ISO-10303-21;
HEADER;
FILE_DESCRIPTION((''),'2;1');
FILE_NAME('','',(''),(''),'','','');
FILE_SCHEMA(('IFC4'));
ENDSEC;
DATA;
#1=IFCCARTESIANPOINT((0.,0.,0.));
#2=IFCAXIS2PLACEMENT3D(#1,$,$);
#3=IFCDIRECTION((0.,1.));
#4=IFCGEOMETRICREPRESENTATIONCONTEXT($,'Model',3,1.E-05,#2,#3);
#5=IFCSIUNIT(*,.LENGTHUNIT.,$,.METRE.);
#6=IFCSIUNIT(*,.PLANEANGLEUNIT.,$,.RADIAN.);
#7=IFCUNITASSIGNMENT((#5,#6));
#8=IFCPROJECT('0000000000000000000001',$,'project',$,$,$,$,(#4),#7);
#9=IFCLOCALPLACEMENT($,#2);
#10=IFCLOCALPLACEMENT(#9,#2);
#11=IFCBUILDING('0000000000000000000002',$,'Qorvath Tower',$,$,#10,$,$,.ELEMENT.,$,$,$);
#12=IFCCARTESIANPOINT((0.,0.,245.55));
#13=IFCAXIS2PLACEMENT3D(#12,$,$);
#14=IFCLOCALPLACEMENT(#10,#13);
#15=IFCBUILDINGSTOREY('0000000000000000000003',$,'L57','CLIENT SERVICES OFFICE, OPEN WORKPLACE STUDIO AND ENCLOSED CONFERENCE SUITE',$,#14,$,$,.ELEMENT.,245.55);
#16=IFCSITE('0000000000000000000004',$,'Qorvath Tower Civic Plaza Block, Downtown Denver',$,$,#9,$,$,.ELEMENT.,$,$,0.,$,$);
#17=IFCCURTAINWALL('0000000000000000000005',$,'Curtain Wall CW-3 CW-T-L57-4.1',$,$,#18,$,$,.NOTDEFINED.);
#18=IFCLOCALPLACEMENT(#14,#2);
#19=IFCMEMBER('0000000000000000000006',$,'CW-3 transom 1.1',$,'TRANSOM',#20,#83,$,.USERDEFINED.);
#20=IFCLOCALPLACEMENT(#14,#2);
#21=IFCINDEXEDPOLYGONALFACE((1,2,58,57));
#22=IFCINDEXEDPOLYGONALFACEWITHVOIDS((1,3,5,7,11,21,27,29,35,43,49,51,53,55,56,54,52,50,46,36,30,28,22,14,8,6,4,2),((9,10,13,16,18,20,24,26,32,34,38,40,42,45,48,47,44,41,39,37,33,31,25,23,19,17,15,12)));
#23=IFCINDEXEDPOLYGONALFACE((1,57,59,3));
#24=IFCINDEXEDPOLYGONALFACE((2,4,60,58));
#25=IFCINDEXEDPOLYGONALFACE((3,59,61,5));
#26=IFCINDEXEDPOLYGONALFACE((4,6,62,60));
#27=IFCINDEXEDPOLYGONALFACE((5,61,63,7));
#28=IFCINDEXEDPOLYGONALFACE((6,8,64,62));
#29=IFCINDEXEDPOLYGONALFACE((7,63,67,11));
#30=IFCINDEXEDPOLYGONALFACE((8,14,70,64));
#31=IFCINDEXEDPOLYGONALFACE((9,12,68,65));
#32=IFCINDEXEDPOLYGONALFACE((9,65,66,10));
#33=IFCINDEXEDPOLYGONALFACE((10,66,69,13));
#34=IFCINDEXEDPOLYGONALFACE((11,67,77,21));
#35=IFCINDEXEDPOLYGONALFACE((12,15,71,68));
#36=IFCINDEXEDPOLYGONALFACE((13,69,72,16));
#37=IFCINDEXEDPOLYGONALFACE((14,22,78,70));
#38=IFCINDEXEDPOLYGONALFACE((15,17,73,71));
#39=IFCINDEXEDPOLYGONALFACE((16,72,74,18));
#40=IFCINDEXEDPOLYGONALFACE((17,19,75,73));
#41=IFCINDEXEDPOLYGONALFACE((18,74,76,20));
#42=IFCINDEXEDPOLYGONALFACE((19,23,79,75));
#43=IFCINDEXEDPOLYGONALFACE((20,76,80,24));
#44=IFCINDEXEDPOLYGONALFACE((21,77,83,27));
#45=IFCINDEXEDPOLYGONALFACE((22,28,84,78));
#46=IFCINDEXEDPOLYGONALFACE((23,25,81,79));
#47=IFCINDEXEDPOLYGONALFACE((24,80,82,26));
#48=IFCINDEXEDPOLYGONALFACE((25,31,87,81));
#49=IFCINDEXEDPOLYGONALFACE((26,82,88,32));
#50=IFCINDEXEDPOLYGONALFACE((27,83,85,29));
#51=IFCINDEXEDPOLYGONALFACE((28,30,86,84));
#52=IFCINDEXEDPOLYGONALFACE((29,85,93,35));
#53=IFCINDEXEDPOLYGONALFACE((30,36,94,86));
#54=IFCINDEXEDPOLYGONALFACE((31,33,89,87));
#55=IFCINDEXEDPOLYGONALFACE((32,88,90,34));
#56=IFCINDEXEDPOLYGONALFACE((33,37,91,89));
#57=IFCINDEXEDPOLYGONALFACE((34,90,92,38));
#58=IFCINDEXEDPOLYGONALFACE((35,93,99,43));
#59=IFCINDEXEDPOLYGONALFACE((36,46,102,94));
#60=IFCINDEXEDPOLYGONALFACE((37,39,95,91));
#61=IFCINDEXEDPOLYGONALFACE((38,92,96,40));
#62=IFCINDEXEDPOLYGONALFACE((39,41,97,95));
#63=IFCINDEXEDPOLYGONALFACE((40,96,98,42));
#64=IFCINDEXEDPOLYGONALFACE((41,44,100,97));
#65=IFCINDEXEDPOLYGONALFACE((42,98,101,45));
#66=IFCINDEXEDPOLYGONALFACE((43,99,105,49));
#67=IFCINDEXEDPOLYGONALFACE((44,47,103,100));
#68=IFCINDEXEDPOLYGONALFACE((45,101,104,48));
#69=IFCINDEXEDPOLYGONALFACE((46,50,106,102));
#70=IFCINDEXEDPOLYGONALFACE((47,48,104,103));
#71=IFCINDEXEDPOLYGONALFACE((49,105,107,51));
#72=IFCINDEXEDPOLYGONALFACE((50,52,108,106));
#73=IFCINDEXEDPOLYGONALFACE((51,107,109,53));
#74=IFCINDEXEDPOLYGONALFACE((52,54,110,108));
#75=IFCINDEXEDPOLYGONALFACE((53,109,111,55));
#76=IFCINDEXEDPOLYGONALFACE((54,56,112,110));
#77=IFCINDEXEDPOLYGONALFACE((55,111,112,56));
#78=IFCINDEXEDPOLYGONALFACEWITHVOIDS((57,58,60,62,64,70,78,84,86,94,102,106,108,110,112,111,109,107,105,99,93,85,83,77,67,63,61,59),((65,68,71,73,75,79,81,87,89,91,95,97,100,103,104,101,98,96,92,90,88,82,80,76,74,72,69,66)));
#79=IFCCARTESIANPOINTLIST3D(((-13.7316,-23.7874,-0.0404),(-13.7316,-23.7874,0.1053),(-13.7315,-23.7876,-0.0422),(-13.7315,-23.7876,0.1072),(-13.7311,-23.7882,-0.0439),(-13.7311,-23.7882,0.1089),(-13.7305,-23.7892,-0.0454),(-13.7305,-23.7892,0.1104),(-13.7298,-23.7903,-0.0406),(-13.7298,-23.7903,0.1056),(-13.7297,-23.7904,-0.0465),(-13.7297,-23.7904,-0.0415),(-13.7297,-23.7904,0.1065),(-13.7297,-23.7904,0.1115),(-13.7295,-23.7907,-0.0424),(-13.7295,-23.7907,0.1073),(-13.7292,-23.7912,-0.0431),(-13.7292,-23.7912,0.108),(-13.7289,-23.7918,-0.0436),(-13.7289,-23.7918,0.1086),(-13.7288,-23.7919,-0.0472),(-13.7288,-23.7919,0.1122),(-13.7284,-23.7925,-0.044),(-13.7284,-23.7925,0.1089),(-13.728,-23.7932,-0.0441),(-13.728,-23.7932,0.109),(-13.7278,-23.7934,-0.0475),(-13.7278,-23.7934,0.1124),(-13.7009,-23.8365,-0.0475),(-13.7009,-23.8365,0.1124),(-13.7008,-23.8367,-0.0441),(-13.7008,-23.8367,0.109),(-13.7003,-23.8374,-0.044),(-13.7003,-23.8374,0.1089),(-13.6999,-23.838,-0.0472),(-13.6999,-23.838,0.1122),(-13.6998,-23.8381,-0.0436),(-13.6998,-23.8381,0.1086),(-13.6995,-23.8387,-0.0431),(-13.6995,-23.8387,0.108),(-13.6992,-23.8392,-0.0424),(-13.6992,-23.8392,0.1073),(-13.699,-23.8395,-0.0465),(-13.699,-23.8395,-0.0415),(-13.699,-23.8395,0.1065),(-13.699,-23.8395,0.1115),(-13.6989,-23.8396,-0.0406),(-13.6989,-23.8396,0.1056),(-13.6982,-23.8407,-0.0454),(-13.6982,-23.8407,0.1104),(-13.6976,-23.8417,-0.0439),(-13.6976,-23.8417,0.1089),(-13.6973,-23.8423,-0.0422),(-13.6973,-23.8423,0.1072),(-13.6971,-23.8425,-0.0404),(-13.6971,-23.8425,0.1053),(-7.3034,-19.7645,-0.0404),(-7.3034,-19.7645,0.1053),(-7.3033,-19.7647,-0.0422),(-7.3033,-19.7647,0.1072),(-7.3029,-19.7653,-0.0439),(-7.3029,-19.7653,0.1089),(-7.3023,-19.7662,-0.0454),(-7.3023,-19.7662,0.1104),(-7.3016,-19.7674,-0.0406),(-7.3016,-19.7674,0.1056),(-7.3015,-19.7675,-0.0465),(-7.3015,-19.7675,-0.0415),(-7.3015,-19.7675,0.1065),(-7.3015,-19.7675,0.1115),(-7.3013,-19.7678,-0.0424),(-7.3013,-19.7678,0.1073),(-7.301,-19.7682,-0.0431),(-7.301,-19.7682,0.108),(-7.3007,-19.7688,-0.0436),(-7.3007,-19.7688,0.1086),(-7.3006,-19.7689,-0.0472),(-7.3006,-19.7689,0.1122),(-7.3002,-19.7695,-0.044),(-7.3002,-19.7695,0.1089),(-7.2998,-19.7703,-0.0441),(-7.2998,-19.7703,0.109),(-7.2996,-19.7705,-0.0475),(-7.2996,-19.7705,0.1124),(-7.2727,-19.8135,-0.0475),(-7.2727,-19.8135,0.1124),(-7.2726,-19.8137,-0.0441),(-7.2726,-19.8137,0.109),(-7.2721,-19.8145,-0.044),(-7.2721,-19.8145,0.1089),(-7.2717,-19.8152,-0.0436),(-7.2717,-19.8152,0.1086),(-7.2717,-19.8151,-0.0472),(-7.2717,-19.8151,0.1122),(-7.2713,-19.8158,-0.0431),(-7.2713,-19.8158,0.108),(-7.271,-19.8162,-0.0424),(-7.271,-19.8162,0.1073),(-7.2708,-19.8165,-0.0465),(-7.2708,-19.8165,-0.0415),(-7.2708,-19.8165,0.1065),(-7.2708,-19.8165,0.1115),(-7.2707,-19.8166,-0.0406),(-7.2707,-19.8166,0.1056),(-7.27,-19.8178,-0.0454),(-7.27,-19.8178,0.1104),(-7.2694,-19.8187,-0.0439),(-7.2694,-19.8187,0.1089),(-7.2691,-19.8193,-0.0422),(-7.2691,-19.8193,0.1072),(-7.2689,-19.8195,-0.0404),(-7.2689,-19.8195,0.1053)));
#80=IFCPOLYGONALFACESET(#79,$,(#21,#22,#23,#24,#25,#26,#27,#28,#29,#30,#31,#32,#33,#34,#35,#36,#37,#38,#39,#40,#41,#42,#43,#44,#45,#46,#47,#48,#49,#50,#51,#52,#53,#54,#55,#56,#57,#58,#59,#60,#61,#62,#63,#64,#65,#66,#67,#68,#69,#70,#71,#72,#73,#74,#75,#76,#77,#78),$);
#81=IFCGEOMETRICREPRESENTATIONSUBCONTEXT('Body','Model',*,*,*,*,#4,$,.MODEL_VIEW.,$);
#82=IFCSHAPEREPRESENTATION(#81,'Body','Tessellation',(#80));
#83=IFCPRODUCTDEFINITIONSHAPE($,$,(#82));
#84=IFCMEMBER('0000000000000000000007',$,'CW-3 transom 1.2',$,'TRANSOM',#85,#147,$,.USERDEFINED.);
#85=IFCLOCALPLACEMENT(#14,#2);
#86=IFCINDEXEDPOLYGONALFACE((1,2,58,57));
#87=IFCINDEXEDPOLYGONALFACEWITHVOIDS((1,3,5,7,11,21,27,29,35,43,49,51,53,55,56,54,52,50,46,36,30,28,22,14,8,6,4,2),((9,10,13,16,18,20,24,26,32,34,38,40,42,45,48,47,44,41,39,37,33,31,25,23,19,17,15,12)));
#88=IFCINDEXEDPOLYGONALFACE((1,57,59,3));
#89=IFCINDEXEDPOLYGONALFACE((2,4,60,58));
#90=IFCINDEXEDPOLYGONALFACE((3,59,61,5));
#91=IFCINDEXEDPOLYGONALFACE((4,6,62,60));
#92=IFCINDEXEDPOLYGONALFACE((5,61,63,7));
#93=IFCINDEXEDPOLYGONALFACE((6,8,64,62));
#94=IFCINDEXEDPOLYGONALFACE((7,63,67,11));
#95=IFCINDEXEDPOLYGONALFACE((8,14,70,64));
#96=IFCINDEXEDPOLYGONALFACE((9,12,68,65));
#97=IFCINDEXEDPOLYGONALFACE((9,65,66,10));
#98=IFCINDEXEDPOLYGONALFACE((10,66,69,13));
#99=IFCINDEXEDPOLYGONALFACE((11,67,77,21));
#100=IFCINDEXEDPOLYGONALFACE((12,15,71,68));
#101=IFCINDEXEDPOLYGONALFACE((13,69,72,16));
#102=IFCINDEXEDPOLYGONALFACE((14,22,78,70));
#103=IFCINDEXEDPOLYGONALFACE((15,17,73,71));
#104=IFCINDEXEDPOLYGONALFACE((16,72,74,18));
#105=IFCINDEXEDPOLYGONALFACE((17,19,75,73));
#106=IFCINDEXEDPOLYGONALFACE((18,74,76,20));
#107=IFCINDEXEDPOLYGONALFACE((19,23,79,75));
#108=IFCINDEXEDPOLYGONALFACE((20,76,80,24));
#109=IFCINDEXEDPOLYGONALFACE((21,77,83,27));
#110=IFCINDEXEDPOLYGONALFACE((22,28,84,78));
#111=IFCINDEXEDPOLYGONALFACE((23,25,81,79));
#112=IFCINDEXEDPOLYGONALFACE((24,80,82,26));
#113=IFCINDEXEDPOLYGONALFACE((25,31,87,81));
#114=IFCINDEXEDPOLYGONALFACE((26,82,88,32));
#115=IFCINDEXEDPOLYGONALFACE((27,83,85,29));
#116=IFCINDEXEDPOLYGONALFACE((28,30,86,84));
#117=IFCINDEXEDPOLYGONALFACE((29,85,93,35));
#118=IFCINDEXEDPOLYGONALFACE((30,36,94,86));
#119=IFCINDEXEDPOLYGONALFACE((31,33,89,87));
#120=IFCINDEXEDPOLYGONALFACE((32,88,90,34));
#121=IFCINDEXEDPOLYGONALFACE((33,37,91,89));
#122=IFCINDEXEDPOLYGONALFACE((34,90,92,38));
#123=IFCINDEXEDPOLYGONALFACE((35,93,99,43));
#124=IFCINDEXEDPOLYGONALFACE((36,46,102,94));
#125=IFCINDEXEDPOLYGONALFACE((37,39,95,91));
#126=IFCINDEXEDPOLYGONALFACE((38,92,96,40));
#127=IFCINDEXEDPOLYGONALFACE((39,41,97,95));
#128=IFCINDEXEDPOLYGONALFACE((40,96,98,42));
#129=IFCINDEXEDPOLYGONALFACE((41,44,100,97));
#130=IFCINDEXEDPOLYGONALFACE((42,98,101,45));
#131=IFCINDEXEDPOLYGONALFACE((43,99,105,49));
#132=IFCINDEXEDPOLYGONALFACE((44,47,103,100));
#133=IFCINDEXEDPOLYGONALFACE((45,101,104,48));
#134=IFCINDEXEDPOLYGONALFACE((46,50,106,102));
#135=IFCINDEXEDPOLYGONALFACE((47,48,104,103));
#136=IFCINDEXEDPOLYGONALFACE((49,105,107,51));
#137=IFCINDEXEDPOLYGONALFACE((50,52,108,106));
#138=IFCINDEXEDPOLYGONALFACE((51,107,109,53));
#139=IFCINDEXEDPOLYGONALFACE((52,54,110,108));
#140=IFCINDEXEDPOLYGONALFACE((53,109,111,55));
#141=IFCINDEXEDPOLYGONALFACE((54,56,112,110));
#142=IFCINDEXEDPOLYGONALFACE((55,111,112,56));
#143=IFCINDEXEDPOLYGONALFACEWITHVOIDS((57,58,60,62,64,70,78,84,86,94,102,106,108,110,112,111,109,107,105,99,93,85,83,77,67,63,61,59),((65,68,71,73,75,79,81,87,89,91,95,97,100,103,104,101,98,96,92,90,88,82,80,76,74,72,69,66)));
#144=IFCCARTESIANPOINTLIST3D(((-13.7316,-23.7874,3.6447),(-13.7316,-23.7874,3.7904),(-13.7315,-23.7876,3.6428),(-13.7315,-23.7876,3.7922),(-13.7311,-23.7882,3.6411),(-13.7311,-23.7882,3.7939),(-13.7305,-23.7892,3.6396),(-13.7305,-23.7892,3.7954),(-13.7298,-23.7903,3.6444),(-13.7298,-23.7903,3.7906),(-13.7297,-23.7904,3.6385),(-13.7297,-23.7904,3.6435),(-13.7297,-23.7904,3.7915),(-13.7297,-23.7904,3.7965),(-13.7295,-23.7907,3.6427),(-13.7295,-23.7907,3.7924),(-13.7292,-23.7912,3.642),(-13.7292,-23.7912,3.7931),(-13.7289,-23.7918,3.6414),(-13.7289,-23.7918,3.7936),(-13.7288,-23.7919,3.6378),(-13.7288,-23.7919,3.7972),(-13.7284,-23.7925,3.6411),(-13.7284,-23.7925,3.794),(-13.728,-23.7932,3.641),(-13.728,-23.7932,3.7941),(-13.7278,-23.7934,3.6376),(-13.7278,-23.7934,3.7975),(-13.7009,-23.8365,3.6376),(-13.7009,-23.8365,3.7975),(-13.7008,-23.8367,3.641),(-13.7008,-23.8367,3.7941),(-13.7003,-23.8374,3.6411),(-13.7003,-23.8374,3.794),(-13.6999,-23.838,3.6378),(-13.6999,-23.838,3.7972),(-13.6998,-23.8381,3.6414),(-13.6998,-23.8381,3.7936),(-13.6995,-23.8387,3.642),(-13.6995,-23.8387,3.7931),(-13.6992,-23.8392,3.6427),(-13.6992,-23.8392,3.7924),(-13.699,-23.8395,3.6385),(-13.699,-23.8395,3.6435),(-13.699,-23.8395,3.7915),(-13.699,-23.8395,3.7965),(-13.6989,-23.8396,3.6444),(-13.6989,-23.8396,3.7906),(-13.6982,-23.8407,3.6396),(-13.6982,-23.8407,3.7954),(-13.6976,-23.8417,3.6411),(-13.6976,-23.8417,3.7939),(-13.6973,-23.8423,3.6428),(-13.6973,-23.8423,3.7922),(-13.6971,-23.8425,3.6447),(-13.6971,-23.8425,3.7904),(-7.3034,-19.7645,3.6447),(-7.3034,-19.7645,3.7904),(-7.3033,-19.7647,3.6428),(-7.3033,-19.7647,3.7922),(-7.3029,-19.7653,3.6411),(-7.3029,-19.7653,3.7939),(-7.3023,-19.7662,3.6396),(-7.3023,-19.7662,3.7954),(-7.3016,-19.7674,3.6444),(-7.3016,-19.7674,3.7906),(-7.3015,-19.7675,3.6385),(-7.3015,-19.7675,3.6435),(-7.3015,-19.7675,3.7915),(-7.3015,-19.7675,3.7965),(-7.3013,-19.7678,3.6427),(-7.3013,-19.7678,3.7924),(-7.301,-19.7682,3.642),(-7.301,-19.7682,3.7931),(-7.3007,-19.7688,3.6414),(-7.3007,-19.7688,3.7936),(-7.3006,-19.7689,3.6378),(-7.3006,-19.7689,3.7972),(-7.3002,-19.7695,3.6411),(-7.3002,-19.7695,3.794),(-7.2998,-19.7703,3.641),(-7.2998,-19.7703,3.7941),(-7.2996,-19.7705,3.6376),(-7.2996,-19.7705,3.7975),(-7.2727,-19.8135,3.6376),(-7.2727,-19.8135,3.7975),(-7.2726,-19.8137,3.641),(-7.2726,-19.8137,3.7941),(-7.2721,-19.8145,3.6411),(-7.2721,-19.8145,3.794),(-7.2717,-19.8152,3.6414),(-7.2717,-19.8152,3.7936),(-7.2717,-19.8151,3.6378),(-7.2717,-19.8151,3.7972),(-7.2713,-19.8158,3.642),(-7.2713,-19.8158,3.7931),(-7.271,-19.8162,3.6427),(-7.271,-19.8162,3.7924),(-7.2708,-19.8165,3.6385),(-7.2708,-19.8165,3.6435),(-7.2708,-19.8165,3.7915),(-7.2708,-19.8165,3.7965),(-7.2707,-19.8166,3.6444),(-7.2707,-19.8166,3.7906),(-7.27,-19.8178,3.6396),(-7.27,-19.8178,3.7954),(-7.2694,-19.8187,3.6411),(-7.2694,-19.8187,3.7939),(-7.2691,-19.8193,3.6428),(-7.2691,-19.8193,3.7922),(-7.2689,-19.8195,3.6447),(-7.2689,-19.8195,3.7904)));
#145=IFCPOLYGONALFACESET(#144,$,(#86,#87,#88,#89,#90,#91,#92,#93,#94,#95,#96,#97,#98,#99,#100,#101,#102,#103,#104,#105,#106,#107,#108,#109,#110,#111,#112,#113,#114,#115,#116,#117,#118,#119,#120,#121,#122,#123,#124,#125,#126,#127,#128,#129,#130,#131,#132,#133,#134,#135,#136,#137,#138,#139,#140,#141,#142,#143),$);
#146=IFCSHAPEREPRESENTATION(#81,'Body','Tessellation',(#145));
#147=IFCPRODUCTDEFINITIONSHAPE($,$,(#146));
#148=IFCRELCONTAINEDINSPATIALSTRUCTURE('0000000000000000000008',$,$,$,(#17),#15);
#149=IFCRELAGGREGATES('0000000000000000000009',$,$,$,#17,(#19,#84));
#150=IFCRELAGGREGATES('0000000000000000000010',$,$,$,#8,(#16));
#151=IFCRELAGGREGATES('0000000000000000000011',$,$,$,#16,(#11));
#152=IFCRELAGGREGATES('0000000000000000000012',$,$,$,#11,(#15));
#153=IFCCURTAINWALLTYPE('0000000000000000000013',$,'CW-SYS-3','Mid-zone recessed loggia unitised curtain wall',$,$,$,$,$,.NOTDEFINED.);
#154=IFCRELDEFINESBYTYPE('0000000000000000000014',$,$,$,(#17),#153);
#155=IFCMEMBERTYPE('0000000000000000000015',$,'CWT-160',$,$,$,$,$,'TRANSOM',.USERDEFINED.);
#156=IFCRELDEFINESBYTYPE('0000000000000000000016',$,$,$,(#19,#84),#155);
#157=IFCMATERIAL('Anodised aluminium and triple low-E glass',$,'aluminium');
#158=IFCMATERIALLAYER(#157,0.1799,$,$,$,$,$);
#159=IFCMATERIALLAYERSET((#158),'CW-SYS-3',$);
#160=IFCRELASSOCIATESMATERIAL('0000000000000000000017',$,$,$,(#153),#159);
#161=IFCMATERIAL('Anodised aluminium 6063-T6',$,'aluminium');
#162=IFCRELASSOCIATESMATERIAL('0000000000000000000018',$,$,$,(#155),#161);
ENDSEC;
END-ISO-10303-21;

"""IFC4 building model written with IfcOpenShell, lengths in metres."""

from ifc_helpers import new_model, si_unit, direction, frame, origin, origin_2d, place, context, subcontext, project, spatial, hollow_rectangle, extrude, material, layer, layer_set, material_profile, profile_set, type_object, element, aggregate, save


model = new_model("IFC4")

# Units and contexts
model_context = context("Model", 3, precision=1e-05, world=origin(), true_north=direction((0.0, 1.0)))
body_context = subcontext(model_context, "Body", "Model", "MODEL_VIEW")
ifc_project = project(units=[si_unit("LENGTHUNIT", "METRE"), si_unit("PLANEANGLEUNIT", "RADIAN")], contexts=[model_context])

# Site, building, storey
site_placement = place(None, origin())
site = spatial("IfcSite", under=ifc_project, at=site_placement, Name="Qorvath Tower Civic Plaza Block, Downtown Denver", CompositionType="ELEMENT", RefElevation=0.0)
building_placement = place(site_placement, origin())
building = spatial("IfcBuilding", under=site, at=building_placement, Name="Qorvath Tower", CompositionType="ELEMENT")
storey_placement = place(building_placement, frame((0.0, 0.0, 245.55)))
storey = spatial("IfcBuildingStorey", under=building, at=storey_placement, Name="L57", Description="CLIENT SERVICES OFFICE, OPEN WORKPLACE STUDIO AND ENCLOSED CONFERENCE SUITE", CompositionType="ELEMENT", Elevation=245.55)

# Shared definitions
ifc_material_1 = material(Name="Anodised aluminium and triple low-E glass", Category="aluminium")
ifc_layer_1 = layer(ifc_material_1, 0.1799)
ifc_layer_set_1 = layer_set([ifc_layer_1], Name="CW-SYS-3")
curtain_wall_type = type_object("IfcCurtainWallType", Name="CW-SYS-3", Description="Mid-zone recessed loggia unitised curtain wall", PredefinedType="NOTDEFINED", material=ifc_layer_set_1)

# Curtain wall
curtain_wall_1_placement = place(storey_placement, origin())
curtain_wall_1 = element("IfcCurtainWall", 1, at=curtain_wall_1_placement, inside=storey, type_object=curtain_wall_type, Name="Curtain Wall CW-3 CW-T-L57-4.1", PredefinedType="NOTDEFINED")

# Members
ifc_material_2 = material(Name="Anodised aluminium 6063-T6", Category="aluminium")
ifc_material_profile_1 = material_profile(ifc_material_2, hollow_rectangle(XDim=0.0649, YDim=0.1599, WallThickness=0.0034, InnerFilletRadius=0.0034, OuterFilletRadius=0.0071, at=origin_2d()), Name="CWT 160x65")
ifc_profile_set_1 = profile_set([ifc_material_profile_1], Name="Anodised aluminium 6063-T6")
member_type_1 = type_object("IfcMemberType", Name="CWT-160", ElementType="TRANSOM", PredefinedType="USERDEFINED", material=ifc_profile_set_1)
member_1_placement = place(storey_placement, frame((-13.7144, -23.8149, 0.0325), z_axis=(0.847683, 0.530502, 0.0), x_axis=(-0.530502, 0.847683, 0.0)))
member_1 = element("IfcMember", 2, at=member_1_placement, type_object=member_type_1, Name="CW-3 transom 1.1", ObjectType="TRANSOM", PredefinedType="USERDEFINED", context=body_context, shape_type="SweptSolid", body=[
    extrude(hollow_rectangle(XDim=0.0649, YDim=0.1599, WallThickness=0.0034, InnerFilletRadius=0.0034, OuterFilletRadius=0.0071, at=origin_2d()), origin(), (0.0, 0.0, 1.0), 7.5833),
])
member_2_placement = place(storey_placement, frame((-13.7144, -23.8149, 3.7175), z_axis=(0.847683, 0.530502, 0.0), x_axis=(-0.530502, 0.847683, 0.0)))
member_2 = element("IfcMember", 3, at=member_2_placement, type_object=member_type_1, Name="CW-3 transom 1.2", ObjectType="TRANSOM", PredefinedType="USERDEFINED", context=body_context, shape_type="SweptSolid", body=[
    extrude(hollow_rectangle(XDim=0.0649, YDim=0.1599, WallThickness=0.0034, InnerFilletRadius=0.0034, OuterFilletRadius=0.0071, at=origin_2d()), origin(), (0.0, 0.0, 1.0), 7.5833),
])

aggregate(curtain_wall_1, [member_1, member_2])

save(model, "model.ifc")
